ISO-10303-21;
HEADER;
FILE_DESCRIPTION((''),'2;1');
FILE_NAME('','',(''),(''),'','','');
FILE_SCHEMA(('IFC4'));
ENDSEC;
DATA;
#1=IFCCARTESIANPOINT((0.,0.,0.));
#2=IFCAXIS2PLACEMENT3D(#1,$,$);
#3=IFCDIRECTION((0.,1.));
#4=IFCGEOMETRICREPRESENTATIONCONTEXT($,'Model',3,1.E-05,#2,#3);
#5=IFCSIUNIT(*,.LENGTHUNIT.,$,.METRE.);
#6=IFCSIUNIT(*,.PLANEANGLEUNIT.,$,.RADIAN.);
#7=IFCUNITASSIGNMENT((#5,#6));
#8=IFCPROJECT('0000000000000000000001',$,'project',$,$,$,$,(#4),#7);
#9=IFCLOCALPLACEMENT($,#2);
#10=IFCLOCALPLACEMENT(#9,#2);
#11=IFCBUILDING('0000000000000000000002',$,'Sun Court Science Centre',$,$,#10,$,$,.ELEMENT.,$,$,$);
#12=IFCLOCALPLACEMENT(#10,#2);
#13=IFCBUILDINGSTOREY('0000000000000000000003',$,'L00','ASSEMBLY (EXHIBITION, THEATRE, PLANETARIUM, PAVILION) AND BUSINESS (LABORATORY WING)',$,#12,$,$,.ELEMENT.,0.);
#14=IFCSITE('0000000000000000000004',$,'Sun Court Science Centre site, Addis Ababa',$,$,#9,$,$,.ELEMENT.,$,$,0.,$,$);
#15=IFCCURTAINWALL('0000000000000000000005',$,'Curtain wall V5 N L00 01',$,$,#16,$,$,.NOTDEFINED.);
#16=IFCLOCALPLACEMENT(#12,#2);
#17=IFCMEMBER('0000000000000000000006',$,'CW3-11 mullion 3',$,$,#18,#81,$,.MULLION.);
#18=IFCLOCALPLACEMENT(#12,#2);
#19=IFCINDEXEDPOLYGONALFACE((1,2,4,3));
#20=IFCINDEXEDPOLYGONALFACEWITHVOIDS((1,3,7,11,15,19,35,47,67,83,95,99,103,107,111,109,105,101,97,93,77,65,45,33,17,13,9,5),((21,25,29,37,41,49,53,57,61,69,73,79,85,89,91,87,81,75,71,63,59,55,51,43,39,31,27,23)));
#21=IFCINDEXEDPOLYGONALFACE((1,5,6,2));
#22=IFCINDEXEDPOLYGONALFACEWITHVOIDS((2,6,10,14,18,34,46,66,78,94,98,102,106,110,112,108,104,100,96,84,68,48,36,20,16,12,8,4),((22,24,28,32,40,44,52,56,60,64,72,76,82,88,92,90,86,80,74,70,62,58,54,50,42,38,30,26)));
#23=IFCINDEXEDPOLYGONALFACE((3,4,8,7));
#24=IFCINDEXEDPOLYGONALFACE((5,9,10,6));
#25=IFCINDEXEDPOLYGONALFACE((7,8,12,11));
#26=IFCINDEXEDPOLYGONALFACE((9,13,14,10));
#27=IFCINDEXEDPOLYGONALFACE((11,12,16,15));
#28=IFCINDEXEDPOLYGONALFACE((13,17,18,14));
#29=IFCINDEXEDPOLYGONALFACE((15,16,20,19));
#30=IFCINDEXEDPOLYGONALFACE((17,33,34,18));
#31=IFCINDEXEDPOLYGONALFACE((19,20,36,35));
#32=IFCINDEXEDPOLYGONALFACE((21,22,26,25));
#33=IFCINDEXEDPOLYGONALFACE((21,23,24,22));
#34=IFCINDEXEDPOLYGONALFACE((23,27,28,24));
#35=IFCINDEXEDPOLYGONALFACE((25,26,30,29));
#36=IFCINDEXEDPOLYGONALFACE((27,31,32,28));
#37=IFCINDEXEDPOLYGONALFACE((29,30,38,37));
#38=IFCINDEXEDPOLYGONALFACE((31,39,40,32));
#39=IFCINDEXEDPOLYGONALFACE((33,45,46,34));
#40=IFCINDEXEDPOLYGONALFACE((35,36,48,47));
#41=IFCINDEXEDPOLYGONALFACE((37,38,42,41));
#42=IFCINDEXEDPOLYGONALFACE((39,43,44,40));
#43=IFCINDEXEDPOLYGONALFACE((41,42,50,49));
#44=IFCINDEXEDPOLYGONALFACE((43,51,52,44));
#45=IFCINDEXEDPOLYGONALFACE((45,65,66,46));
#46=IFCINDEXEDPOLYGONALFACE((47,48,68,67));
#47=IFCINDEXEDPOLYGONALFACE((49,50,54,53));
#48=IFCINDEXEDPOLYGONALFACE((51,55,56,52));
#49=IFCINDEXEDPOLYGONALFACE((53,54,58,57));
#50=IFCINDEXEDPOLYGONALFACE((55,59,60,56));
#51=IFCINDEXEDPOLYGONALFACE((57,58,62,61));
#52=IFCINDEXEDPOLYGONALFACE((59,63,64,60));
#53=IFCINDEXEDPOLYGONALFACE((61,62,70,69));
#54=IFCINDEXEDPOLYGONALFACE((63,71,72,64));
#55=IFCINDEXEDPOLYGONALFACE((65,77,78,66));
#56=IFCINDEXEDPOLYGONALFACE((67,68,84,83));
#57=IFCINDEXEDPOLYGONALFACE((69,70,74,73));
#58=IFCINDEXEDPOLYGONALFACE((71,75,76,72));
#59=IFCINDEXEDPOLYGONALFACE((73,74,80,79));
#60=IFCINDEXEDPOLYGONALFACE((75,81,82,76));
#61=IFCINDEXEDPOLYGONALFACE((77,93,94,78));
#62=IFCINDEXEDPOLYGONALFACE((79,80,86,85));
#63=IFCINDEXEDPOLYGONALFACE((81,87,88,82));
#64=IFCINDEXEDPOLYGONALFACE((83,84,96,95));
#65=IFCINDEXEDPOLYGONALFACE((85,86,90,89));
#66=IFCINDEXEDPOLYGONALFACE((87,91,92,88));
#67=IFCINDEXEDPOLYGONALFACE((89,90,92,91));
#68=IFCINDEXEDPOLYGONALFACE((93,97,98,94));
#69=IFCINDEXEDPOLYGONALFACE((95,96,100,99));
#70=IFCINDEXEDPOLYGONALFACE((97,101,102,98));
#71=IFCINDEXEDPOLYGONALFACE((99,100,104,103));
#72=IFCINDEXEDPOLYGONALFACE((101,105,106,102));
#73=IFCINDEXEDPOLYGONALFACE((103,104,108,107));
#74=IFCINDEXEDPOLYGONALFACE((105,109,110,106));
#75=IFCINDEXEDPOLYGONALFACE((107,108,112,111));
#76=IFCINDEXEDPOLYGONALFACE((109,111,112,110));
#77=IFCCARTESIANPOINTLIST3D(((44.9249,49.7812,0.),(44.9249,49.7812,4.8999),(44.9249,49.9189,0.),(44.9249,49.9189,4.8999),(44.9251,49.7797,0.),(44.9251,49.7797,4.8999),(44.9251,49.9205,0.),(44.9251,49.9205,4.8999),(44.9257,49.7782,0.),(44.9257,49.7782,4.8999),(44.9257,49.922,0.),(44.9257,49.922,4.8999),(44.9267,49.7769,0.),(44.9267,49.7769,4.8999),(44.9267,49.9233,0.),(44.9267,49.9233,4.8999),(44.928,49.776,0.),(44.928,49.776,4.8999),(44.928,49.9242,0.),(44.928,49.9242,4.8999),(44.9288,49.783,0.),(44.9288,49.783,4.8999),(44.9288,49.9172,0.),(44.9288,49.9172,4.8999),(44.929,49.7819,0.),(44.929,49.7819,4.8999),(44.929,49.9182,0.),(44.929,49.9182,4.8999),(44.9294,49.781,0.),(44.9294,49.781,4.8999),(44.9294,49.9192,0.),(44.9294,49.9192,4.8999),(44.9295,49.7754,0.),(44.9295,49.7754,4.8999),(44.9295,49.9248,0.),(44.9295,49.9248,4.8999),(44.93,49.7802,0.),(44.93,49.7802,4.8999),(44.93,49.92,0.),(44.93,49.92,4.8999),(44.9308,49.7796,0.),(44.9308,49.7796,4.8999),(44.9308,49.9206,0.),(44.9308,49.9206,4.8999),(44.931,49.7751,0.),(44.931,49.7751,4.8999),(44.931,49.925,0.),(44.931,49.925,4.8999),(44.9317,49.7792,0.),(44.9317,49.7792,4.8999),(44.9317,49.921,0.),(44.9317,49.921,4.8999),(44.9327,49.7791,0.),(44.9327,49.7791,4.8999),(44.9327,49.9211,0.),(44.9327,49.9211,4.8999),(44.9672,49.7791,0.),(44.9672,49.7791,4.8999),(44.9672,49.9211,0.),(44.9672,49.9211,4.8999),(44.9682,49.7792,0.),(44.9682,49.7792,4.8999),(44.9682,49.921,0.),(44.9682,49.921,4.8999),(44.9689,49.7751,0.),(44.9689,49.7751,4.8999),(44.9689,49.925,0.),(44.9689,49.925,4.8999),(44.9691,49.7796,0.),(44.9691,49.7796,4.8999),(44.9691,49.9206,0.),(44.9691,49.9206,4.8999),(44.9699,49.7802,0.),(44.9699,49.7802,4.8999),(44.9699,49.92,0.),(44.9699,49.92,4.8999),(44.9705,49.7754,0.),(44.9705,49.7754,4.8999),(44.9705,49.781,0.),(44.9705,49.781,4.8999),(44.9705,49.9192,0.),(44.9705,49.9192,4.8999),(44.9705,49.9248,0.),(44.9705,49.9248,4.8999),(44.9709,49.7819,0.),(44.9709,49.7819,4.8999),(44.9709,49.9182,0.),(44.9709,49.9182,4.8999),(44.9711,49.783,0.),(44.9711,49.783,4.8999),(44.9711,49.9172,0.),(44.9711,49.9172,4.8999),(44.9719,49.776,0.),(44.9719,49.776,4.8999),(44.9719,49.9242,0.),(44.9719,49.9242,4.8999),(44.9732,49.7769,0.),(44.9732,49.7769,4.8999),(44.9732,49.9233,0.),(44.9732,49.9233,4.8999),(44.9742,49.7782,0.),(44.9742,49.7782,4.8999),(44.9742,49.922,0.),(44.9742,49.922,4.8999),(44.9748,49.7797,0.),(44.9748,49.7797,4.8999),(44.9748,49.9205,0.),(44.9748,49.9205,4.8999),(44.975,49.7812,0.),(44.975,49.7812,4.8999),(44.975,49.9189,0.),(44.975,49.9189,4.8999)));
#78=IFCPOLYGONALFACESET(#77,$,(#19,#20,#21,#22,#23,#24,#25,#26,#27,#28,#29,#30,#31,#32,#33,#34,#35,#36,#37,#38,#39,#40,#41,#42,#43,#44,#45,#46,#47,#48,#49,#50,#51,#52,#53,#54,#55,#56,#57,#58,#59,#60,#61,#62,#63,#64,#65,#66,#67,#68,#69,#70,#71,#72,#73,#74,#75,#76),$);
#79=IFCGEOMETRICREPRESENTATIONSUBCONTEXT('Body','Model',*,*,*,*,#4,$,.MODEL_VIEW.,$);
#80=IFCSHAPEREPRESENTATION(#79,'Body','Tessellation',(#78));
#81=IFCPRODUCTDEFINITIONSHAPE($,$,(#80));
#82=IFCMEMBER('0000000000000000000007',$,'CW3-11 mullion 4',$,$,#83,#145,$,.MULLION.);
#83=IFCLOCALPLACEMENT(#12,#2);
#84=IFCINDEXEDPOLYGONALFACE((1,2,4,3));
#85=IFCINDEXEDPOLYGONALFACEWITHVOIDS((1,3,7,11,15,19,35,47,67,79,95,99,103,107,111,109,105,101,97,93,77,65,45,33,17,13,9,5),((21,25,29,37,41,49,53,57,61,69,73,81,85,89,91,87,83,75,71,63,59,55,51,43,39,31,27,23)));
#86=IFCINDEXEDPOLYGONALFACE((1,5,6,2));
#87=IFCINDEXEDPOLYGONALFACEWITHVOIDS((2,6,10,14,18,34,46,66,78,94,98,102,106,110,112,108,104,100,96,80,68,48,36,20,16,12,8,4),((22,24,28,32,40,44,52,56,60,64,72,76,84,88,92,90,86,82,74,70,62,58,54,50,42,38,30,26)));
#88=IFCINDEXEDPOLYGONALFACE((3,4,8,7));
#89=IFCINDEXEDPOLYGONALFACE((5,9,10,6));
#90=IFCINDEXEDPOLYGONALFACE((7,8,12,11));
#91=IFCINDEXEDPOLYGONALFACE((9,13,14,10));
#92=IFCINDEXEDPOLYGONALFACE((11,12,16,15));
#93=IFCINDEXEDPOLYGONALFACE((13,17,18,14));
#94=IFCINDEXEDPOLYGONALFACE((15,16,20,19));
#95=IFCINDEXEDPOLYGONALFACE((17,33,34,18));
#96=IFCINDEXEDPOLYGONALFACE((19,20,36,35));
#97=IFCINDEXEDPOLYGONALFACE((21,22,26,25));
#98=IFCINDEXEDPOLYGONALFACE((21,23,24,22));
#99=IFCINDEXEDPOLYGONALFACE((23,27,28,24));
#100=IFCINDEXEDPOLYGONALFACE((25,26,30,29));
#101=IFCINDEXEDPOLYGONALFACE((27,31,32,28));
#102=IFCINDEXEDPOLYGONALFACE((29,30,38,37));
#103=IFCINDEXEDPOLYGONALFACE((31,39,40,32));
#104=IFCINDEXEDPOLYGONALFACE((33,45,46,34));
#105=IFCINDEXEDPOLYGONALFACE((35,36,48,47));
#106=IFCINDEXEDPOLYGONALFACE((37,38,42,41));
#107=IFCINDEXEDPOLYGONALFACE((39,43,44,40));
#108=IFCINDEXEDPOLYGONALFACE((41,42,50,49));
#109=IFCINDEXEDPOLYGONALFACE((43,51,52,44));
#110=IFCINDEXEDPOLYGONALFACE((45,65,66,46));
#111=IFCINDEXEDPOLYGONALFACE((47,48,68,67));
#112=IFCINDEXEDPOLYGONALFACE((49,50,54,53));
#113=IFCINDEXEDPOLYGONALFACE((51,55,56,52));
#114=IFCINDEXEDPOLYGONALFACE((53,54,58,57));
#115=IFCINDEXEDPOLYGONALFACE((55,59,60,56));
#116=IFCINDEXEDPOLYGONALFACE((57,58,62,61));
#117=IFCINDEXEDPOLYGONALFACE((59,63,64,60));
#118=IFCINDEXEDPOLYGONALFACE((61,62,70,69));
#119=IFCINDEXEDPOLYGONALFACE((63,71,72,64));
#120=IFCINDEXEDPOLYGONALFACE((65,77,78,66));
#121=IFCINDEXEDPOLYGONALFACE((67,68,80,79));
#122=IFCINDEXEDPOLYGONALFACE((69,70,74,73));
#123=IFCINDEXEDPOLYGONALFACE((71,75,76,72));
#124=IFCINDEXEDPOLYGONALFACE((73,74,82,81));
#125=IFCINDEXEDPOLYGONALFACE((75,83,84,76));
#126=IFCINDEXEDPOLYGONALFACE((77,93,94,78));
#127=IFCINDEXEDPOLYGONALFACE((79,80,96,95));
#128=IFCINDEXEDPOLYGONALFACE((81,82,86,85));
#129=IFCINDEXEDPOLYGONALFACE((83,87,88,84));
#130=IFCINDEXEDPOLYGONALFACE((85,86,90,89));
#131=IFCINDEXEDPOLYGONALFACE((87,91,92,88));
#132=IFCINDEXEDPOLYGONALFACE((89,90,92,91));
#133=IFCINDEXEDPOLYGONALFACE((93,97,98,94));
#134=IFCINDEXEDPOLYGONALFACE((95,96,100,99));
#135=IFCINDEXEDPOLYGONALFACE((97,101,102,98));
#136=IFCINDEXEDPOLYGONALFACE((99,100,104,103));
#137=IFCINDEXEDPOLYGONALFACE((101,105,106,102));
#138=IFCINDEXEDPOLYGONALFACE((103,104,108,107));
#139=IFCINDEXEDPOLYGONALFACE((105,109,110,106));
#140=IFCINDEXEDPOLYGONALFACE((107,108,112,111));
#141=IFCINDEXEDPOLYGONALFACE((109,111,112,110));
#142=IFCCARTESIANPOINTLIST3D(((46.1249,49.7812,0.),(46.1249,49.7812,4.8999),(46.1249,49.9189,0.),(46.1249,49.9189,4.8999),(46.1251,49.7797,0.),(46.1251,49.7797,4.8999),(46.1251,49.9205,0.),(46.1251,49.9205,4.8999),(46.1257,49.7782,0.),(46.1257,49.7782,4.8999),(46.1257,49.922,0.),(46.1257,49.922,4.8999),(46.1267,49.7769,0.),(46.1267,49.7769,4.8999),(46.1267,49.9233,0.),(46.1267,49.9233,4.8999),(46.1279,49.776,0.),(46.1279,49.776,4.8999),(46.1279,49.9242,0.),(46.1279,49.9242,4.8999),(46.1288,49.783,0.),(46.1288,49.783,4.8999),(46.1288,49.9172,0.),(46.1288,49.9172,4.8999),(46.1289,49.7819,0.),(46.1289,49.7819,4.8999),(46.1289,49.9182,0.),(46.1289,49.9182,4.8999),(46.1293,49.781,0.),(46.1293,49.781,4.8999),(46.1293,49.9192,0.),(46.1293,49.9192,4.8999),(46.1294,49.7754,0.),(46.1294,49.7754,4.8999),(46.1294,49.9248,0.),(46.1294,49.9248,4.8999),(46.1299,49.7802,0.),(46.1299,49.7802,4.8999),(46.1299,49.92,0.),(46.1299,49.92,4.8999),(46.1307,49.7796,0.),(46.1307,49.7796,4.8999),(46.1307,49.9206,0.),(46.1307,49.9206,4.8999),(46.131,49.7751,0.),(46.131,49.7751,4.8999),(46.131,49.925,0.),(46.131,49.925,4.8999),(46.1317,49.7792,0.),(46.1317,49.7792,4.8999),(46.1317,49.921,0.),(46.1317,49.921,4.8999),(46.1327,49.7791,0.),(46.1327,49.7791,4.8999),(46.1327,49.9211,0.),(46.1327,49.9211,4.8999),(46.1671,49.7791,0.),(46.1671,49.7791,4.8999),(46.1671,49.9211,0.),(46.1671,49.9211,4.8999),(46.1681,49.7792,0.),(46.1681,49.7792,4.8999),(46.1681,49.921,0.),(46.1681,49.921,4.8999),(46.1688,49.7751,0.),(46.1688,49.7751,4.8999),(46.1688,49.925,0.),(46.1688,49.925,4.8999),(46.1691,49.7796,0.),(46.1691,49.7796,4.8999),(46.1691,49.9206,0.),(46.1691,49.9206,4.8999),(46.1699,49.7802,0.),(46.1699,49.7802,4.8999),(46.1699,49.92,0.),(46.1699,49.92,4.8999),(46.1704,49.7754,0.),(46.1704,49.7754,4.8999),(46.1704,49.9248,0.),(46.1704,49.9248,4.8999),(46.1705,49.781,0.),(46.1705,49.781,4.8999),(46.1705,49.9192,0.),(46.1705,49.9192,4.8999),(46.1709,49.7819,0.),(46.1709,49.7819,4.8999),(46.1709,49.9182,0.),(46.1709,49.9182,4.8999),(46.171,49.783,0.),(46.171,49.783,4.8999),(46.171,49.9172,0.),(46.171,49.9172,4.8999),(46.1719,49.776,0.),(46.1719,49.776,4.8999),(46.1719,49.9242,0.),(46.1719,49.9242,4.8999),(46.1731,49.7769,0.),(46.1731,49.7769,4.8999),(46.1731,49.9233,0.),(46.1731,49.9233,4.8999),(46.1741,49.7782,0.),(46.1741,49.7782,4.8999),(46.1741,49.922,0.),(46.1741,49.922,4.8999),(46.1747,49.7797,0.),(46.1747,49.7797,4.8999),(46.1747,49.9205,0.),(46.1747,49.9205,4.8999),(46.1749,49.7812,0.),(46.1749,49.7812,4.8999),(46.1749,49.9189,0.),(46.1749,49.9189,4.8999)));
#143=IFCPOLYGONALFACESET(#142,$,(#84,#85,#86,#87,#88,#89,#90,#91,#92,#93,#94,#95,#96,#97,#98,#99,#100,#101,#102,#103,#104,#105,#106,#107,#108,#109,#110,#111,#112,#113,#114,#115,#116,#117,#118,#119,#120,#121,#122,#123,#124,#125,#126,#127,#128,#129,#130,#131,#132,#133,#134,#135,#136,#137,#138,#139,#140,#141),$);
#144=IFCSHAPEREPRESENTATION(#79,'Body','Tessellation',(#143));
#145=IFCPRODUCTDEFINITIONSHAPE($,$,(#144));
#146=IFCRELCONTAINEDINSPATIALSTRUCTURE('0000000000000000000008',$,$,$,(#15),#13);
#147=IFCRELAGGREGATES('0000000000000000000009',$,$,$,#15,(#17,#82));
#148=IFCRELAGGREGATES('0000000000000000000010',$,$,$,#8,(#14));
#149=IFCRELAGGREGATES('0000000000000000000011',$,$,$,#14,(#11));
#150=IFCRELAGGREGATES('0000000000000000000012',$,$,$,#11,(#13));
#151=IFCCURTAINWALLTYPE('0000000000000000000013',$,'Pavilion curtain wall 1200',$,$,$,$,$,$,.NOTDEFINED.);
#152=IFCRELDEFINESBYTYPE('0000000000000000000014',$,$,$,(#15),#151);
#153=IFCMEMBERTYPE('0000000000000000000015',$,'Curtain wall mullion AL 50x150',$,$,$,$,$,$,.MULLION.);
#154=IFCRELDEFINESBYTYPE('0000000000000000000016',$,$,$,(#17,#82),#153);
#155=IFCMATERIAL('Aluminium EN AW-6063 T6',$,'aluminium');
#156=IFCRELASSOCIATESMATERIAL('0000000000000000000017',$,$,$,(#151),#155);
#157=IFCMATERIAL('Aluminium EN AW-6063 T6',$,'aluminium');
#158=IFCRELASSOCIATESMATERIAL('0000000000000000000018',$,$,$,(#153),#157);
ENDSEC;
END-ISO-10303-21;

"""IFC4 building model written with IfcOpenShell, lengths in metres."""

from ifc_helpers import new_model, si_unit, direction, frame, origin, origin_2d, place, context, subcontext, project, spatial, hollow_rectangle, extrude, material, material_profile, profile_set, type_object, element, aggregate, save


model = new_model("IFC4")

# Units and contexts
model_context = context("Model", 3, precision=1e-05, world=origin(), true_north=direction((0.0, 1.0)))
body_context = subcontext(model_context, "Body", "Model", "MODEL_VIEW")
ifc_project = project(units=[si_unit("LENGTHUNIT", "METRE"), si_unit("PLANEANGLEUNIT", "RADIAN")], contexts=[model_context])

# Site, building, storey
site_placement = place(None, origin())
site = spatial("IfcSite", under=ifc_project, at=site_placement, Name="Sun Court Science Centre site, Addis Ababa", CompositionType="ELEMENT", RefElevation=0.0)
building_placement = place(site_placement, origin())
building = spatial("IfcBuilding", under=site, at=building_placement, Name="Sun Court Science Centre", CompositionType="ELEMENT")
storey_placement = place(building_placement, origin())
storey = spatial("IfcBuildingStorey", under=building, at=storey_placement, Name="L00", Description="ASSEMBLY (EXHIBITION, THEATRE, PLANETARIUM, PAVILION) AND BUSINESS (LABORATORY WING)", CompositionType="ELEMENT", Elevation=0.0)

# Curtain wall, members
ifc_material_1 = material(Name="Aluminium EN AW-6063 T6", Category="aluminium")
curtain_wall_type = type_object("IfcCurtainWallType", Name="Pavilion curtain wall 1200", PredefinedType="NOTDEFINED", material=ifc_material_1)
curtain_wall_1_placement = place(storey_placement, origin())
curtain_wall_1 = element("IfcCurtainWall", 1, at=curtain_wall_1_placement, inside=storey, type_object=curtain_wall_type, Name="Curtain wall V5 N L00 01", PredefinedType="NOTDEFINED")
ifc_material_2 = material(Name="Aluminium EN AW-6063 T6", Category="aluminium")
ifc_material_profile_1 = material_profile(ifc_material_2, hollow_rectangle(XDim=0.05, YDim=0.1499, WallThickness=0.0039, InnerFilletRadius=0.0039, OuterFilletRadius=0.0061, at=origin_2d()), Name="AL 50x150x4")
ifc_profile_set_1 = profile_set([ifc_material_profile_1], Name="Aluminium EN AW-6063 T6")
member_type_1 = type_object("IfcMemberType", Name="Curtain wall mullion AL 50x150", PredefinedType="MULLION", material=ifc_profile_set_1)
member_1_placement = place(storey_placement, frame((44.95, 49.8501, 0.0), z_axis=(0.0, 0.0, 1.0), x_axis=(1.0, 0.0, 0.0)))
member_1 = element("IfcMember", 2, at=member_1_placement, type_object=member_type_1, Name="CW3-11 mullion 3", PredefinedType="MULLION", context=body_context, shape_type="SweptSolid", body=[
    extrude(hollow_rectangle(XDim=0.05, YDim=0.1499, WallThickness=0.0039, InnerFilletRadius=0.0039, OuterFilletRadius=0.0061, at=origin_2d()), origin(), (0.0, 0.0, 1.0), 4.8999),
])
member_2_placement = place(storey_placement, frame((46.1499, 49.8501, 0.0), z_axis=(0.0, 0.0, 1.0), x_axis=(1.0, 0.0, 0.0)))
member_2 = element("IfcMember", 3, at=member_2_placement, type_object=member_type_1, Name="CW3-11 mullion 4", PredefinedType="MULLION", context=body_context, shape_type="SweptSolid", body=[
    extrude(hollow_rectangle(XDim=0.05, YDim=0.1499, WallThickness=0.0039, InnerFilletRadius=0.0039, OuterFilletRadius=0.0061, at=origin_2d()), origin(), (0.0, 0.0, 1.0), 4.8999),
])

aggregate(curtain_wall_1, [member_1, member_2])

save(model, "model.ifc")
